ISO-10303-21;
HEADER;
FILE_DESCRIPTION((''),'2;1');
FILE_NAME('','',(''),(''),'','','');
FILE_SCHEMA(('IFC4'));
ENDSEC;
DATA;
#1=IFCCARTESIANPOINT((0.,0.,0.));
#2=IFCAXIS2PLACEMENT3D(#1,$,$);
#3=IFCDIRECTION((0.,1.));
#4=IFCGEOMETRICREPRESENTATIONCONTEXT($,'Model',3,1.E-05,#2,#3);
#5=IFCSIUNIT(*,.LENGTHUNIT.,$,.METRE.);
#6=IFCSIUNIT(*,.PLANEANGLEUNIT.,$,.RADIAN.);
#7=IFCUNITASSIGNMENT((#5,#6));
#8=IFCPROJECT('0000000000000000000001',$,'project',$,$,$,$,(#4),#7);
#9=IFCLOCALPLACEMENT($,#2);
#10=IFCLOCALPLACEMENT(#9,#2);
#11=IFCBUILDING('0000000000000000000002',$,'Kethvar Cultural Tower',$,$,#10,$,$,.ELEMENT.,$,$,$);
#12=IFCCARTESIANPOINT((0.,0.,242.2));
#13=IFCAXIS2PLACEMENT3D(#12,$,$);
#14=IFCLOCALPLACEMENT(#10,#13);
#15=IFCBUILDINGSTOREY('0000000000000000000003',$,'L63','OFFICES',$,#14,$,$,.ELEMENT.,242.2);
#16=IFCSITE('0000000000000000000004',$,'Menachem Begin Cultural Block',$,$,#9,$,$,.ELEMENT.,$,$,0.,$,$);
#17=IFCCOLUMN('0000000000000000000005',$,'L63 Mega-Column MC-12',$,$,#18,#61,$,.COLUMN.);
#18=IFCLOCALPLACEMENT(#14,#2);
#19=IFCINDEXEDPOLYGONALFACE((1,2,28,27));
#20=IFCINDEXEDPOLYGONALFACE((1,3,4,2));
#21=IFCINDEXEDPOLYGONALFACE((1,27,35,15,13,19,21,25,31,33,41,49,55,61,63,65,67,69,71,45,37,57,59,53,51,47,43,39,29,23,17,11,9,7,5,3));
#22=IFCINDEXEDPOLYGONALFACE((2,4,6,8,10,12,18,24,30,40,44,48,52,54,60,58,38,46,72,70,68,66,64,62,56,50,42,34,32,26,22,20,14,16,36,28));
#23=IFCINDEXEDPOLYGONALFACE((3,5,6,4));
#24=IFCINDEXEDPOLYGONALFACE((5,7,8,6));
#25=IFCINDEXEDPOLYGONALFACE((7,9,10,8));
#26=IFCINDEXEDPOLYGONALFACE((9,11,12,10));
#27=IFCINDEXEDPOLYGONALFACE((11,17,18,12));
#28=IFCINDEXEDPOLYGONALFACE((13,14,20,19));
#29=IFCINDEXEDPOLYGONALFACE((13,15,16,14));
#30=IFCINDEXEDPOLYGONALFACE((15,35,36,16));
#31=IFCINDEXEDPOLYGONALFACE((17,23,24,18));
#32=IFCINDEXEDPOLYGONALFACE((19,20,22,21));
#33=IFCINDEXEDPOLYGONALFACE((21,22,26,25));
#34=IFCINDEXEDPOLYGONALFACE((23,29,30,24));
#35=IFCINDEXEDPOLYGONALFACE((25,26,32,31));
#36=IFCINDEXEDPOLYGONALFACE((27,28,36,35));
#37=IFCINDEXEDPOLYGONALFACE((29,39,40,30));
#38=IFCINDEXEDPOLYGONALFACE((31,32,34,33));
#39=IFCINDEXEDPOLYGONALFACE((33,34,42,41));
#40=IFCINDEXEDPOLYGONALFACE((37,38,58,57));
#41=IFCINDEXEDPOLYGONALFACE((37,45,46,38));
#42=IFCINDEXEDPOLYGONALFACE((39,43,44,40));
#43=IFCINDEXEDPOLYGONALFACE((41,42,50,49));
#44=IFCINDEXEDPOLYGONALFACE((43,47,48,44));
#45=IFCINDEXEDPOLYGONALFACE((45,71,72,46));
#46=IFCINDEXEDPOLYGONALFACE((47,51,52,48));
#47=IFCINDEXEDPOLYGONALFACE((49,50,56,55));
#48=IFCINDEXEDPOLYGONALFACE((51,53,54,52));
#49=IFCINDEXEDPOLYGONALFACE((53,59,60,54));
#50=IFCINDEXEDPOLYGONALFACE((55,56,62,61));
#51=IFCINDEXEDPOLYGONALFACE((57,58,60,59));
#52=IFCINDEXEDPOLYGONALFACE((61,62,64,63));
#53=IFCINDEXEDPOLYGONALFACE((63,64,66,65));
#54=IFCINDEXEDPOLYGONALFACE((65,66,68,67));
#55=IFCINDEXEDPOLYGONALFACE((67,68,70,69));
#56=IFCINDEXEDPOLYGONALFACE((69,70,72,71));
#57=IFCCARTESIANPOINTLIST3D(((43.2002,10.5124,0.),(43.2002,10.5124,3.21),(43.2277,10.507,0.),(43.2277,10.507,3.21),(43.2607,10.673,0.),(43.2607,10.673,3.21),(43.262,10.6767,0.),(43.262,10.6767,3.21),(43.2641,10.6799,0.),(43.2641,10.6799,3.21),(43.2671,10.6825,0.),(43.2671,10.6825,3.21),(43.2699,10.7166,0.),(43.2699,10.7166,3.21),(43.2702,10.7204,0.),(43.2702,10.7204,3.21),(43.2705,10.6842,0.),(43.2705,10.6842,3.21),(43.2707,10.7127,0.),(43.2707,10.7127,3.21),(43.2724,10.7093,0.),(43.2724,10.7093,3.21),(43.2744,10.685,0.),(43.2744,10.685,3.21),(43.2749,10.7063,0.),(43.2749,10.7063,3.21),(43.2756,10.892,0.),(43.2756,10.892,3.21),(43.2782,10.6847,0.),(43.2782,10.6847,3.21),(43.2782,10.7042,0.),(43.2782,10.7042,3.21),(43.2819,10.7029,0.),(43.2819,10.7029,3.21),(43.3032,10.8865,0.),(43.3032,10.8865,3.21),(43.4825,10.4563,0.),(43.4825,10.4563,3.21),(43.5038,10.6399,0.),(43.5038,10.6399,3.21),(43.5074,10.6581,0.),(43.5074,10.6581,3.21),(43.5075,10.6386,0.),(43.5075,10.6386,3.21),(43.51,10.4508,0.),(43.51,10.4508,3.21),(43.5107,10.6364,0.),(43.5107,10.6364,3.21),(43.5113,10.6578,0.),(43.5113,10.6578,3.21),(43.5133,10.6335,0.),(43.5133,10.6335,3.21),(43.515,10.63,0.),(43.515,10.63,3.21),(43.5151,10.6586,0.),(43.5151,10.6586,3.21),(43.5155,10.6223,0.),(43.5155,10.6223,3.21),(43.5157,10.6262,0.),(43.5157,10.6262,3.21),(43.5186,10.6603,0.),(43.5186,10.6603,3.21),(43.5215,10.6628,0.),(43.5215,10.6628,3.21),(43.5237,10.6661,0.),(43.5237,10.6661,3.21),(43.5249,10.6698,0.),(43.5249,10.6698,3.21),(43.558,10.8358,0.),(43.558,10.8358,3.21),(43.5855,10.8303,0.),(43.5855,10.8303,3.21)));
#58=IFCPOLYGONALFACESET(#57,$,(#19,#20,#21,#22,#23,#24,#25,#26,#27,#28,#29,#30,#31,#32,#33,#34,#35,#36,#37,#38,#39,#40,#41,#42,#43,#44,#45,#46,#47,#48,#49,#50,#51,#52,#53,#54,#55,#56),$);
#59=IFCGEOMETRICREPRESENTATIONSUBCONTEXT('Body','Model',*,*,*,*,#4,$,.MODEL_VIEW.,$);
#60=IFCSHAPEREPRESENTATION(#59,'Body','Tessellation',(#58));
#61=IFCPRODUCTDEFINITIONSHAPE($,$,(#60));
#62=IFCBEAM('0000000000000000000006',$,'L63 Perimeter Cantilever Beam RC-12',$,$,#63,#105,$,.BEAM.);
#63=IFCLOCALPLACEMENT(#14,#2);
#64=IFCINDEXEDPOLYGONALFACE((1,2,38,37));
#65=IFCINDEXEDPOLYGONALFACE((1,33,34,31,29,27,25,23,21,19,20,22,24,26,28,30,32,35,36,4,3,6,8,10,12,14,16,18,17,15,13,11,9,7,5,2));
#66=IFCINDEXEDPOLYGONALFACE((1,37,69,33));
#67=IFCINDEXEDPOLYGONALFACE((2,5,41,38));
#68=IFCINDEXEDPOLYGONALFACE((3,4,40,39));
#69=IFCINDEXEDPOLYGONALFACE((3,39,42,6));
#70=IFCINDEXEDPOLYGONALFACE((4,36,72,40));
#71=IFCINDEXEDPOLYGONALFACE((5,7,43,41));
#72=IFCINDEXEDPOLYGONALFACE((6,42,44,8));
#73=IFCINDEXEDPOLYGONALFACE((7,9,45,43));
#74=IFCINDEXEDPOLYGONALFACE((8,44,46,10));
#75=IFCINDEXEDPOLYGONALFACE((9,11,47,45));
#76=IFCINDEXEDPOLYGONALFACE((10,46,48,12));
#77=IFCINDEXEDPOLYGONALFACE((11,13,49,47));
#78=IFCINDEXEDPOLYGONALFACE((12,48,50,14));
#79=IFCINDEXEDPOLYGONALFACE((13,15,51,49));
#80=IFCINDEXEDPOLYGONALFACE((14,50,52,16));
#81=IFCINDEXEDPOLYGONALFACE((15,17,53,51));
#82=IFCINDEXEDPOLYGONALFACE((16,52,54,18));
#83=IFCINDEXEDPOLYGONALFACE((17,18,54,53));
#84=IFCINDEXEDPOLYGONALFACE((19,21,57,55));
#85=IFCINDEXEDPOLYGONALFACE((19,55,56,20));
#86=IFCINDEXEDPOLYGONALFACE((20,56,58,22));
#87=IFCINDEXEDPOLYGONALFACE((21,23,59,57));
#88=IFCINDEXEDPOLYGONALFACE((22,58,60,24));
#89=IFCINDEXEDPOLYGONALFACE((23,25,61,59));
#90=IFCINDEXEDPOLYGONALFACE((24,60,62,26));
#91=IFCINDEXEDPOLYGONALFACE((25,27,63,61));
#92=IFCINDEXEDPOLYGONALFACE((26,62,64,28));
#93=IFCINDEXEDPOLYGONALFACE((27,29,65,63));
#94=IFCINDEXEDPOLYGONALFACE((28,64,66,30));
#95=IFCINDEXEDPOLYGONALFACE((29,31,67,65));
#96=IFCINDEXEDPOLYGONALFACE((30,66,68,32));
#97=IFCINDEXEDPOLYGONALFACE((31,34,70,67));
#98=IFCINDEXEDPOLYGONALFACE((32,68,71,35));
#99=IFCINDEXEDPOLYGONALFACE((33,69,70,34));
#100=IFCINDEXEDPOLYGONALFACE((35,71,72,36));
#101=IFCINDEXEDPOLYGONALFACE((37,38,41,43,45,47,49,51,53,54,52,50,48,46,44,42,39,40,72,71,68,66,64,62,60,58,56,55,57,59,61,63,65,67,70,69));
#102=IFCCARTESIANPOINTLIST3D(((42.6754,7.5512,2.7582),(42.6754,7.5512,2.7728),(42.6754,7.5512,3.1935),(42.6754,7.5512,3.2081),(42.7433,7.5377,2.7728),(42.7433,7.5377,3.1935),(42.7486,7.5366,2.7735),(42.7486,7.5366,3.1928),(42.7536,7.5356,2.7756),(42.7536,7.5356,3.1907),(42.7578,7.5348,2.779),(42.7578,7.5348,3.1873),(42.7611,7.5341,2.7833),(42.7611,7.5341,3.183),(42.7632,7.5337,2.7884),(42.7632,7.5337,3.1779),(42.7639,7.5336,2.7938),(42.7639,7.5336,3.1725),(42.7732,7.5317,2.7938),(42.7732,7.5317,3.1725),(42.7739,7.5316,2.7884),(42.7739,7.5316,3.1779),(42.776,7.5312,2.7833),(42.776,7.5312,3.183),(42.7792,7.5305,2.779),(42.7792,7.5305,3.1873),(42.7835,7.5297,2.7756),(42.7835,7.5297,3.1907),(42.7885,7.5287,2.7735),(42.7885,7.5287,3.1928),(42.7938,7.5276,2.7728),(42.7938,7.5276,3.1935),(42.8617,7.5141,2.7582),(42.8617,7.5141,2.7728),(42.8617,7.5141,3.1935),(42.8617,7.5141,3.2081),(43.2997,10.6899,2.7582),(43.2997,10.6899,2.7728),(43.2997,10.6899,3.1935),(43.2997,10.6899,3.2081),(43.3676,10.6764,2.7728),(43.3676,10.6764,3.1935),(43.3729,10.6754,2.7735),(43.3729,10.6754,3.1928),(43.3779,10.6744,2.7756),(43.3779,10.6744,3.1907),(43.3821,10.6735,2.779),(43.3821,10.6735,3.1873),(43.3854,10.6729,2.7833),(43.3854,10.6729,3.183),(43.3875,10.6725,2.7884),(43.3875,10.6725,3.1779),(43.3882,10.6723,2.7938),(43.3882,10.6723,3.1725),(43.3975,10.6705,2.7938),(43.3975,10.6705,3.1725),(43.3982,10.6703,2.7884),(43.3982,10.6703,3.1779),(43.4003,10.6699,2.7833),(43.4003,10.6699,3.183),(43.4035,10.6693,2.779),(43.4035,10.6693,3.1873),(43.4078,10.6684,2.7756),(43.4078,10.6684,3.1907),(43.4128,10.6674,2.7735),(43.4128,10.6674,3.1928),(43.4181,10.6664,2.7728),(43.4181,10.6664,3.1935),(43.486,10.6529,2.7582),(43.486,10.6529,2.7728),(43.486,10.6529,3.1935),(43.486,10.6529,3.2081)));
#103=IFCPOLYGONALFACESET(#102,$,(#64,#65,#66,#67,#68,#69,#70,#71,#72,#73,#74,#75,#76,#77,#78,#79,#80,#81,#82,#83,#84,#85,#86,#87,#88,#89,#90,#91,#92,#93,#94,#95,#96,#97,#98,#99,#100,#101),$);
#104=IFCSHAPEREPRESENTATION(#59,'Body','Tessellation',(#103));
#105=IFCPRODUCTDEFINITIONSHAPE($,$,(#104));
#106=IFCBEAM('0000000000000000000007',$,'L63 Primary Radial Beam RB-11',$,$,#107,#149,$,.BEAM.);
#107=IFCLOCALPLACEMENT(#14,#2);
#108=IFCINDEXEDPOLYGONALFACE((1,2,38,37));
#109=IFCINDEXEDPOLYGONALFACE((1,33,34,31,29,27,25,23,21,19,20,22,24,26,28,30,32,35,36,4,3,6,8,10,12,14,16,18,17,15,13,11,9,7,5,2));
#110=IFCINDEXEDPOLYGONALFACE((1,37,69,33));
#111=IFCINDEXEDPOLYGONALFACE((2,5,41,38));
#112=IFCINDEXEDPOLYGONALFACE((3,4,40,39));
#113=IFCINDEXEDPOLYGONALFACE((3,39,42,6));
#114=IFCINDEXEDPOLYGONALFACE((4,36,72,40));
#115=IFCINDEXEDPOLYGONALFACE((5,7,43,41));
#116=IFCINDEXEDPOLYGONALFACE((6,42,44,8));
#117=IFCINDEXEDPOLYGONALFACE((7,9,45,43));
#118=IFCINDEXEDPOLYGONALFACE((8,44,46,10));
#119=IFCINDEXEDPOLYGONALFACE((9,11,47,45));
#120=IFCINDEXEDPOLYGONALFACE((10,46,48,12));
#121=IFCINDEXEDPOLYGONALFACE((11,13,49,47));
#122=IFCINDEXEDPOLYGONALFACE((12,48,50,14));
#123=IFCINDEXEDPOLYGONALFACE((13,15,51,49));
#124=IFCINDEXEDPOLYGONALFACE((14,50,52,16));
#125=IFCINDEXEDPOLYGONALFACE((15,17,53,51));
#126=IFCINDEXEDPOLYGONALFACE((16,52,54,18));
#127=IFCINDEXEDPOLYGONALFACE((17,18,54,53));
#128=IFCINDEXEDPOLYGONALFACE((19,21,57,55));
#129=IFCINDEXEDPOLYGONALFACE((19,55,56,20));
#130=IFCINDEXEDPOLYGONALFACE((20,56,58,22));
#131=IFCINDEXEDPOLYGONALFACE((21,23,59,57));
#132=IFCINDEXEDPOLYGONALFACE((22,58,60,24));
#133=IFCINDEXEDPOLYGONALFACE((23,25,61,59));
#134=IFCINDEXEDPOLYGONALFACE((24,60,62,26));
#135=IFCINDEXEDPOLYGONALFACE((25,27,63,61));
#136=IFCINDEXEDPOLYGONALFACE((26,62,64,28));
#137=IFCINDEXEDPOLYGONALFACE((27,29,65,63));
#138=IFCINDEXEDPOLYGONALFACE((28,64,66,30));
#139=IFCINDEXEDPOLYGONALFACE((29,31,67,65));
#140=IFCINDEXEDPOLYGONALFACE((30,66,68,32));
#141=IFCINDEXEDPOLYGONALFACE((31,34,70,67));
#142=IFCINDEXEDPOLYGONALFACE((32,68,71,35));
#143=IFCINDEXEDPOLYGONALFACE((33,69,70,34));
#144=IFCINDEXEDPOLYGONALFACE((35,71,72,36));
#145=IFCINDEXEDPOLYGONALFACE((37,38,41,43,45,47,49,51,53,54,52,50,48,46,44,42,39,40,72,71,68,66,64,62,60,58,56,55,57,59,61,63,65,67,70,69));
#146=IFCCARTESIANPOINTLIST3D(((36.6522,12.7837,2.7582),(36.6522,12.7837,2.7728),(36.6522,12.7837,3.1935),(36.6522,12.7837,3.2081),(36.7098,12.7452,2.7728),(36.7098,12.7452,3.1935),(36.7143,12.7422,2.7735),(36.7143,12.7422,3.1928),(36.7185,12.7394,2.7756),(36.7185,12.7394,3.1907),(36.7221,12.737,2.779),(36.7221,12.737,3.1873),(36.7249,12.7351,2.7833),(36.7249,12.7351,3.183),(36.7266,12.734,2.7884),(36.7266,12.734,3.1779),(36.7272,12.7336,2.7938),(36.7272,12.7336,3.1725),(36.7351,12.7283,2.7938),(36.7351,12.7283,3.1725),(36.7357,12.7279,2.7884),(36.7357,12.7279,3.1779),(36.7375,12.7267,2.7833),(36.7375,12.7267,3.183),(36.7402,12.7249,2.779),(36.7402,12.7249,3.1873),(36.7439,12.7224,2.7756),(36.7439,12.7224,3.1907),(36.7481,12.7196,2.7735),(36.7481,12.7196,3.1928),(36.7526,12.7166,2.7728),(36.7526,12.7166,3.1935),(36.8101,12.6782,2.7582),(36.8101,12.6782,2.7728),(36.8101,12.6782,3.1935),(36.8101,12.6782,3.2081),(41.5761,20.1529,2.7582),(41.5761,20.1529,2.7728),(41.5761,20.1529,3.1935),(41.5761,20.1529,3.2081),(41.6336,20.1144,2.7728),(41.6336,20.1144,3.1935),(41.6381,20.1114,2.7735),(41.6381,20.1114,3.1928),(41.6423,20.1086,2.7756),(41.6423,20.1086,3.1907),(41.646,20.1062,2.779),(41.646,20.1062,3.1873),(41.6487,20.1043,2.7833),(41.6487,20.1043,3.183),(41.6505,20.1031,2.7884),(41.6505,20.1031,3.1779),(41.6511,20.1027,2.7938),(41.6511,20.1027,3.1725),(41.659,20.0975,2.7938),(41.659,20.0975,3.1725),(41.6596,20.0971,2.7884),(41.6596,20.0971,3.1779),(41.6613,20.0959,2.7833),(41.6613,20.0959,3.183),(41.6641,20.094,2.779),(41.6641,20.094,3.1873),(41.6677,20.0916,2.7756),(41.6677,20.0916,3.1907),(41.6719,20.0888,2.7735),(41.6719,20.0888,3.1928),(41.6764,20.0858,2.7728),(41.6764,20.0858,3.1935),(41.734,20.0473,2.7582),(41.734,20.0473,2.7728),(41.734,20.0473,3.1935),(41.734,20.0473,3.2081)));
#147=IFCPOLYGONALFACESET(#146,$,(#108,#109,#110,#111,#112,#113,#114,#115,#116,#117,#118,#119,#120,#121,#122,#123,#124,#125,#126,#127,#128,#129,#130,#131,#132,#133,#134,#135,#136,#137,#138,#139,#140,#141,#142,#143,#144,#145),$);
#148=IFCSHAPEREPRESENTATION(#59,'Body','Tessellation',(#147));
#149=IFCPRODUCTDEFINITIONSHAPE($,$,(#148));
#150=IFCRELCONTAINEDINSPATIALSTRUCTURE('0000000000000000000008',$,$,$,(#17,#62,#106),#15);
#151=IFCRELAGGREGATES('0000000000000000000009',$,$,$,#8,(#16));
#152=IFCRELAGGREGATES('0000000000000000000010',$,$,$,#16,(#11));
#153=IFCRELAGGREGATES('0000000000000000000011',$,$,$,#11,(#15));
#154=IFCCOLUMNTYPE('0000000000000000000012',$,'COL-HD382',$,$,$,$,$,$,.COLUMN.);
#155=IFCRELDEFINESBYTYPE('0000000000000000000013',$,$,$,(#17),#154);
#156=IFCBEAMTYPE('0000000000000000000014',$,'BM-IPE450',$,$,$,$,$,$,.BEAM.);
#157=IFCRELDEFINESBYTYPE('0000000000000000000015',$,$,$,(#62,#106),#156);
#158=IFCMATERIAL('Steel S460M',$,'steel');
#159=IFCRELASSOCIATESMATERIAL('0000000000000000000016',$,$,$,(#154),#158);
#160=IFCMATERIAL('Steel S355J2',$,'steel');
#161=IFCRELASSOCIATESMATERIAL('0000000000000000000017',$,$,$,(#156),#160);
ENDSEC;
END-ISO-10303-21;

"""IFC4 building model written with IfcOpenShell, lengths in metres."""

from ifc_helpers import new_model, si_unit, direction, frame, origin, origin_2d, place, context, subcontext, project, spatial, i_section, extrude, source, transform, mapped, material, material_profile, profile_set, type_object, element, save


model = new_model("IFC4")

# Units and contexts
model_context = context("Model", 3, precision=1e-05, world=origin(), true_north=direction((0.0, 1.0)))
body_context = subcontext(model_context, "Body", "Model", "MODEL_VIEW")
ifc_project = project(units=[si_unit("LENGTHUNIT", "METRE"), si_unit("PLANEANGLEUNIT", "RADIAN")], contexts=[model_context])

# Site, building, storey
site_placement = place(None, origin())
site = spatial("IfcSite", under=ifc_project, at=site_placement, Name="Menachem Begin Cultural Block", CompositionType="ELEMENT", RefElevation=0.0)
building_placement = place(site_placement, origin())
building = spatial("IfcBuilding", under=site, at=building_placement, Name="Kethvar Cultural Tower", CompositionType="ELEMENT")
storey_placement = place(building_placement, frame((0.0, 0.0, 242.2)))
storey = spatial("IfcBuildingStorey", under=building, at=storey_placement, Name="L63", Description="OFFICES", CompositionType="ELEMENT", Elevation=242.2)

# Column
ifc_material_1 = material(Name="Steel S460M", Category="steel")
ifc_material_profile_1 = material_profile(ifc_material_1, i_section(OverallWidth=0.387, OverallDepth=0.3159, WebThickness=0.0186, FlangeThickness=0.0281, FilletRadius=0.0149, at=origin_2d()), Name="Steel S460M — HD400x382")
ifc_profile_set_1 = profile_set([ifc_material_profile_1], Name="Steel S460M — HD400x382")
column_type = type_object("IfcColumnType", Name="COL-HD382", PredefinedType="COLUMN", material=ifc_profile_set_1)
shared_shape_1 = source(origin(), body_context, "Body", "SweptSolid", [
    extrude(i_section(OverallWidth=0.387, OverallDepth=0.3159, WebThickness=0.0186, FlangeThickness=0.0281, FilletRadius=0.0149, at=origin_2d()), origin(), (0.0, 0.0, 1.0), 3.21),
])
column_placement = place(storey_placement, frame((43.3928, 10.6714, 0.0), z_axis=(0.0, 0.0, 1.0), x_axis=(-0.19509, -0.980785, 0.0)))
element("IfcColumn", 1, at=column_placement, inside=storey, type_object=column_type, Name="L63 Mega-Column MC-12", PredefinedType="COLUMN", context=body_context, shape_type="MappedRepresentation", body=[
    mapped(shared_shape_1, transform((0.0, 0.0, 0.0), scale=1.0)),
])

# Beams
ifc_material_2 = material(Name="Steel S355J2", Category="steel")
ifc_material_profile_2 = material_profile(ifc_material_2, i_section(OverallWidth=0.1899, OverallDepth=0.45, WebThickness=0.0095, FlangeThickness=0.0146, FilletRadius=0.021, at=origin_2d()), Name="Steel S355J2 — IPE450")
ifc_profile_set_2 = profile_set([ifc_material_profile_2], Name="Steel S355J2 — IPE450")
beam_type_1 = type_object("IfcBeamType", Name="BM-IPE450", PredefinedType="BEAM", material=ifc_profile_set_2)
shared_shape_2 = source(origin(), body_context, "Body", "SweptSolid", [
    extrude(i_section(OverallWidth=0.1899, OverallDepth=0.45, WebThickness=0.0095, FlangeThickness=0.0146, FilletRadius=0.021, at=origin_2d()), origin(), (0.0, 0.0, 1.0), 3.2002),
])
beam_1_placement = place(storey_placement, frame((43.3928, 10.6714, 2.9832), z_axis=(-0.195074, -0.980788, 0.0), x_axis=(0.980788, -0.195074, 0.0)))
element("IfcBeam", 2, at=beam_1_placement, inside=storey, type_object=beam_type_1, Name="L63 Perimeter Cantilever Beam RC-12", PredefinedType="BEAM", context=body_context, shape_type="MappedRepresentation", body=[
    mapped(shared_shape_2, transform((0.0, 0.0, 0.0), scale=1.0)),
])
shared_shape_3 = source(origin(), body_context, "Body", "SweptSolid", [
    extrude(i_section(OverallWidth=0.1899, OverallDepth=0.45, WebThickness=0.0095, FlangeThickness=0.0146, FilletRadius=0.021, at=origin_2d()), origin(), (0.0, 0.0, 1.0), 8.8628),
])
beam_2_placement = place(storey_placement, frame((41.655, 20.1001, 2.9832), z_axis=(-0.555564, -0.831473, 0.0), x_axis=(0.831473, -0.555564, 0.0)))
element("IfcBeam", 3, at=beam_2_placement, inside=storey, type_object=beam_type_1, Name="L63 Primary Radial Beam RB-11", PredefinedType="BEAM", context=body_context, shape_type="MappedRepresentation", body=[
    mapped(shared_shape_3, transform((0.0, 0.0, 0.0), scale=1.0)),
])

save(model, "model.ifc")
